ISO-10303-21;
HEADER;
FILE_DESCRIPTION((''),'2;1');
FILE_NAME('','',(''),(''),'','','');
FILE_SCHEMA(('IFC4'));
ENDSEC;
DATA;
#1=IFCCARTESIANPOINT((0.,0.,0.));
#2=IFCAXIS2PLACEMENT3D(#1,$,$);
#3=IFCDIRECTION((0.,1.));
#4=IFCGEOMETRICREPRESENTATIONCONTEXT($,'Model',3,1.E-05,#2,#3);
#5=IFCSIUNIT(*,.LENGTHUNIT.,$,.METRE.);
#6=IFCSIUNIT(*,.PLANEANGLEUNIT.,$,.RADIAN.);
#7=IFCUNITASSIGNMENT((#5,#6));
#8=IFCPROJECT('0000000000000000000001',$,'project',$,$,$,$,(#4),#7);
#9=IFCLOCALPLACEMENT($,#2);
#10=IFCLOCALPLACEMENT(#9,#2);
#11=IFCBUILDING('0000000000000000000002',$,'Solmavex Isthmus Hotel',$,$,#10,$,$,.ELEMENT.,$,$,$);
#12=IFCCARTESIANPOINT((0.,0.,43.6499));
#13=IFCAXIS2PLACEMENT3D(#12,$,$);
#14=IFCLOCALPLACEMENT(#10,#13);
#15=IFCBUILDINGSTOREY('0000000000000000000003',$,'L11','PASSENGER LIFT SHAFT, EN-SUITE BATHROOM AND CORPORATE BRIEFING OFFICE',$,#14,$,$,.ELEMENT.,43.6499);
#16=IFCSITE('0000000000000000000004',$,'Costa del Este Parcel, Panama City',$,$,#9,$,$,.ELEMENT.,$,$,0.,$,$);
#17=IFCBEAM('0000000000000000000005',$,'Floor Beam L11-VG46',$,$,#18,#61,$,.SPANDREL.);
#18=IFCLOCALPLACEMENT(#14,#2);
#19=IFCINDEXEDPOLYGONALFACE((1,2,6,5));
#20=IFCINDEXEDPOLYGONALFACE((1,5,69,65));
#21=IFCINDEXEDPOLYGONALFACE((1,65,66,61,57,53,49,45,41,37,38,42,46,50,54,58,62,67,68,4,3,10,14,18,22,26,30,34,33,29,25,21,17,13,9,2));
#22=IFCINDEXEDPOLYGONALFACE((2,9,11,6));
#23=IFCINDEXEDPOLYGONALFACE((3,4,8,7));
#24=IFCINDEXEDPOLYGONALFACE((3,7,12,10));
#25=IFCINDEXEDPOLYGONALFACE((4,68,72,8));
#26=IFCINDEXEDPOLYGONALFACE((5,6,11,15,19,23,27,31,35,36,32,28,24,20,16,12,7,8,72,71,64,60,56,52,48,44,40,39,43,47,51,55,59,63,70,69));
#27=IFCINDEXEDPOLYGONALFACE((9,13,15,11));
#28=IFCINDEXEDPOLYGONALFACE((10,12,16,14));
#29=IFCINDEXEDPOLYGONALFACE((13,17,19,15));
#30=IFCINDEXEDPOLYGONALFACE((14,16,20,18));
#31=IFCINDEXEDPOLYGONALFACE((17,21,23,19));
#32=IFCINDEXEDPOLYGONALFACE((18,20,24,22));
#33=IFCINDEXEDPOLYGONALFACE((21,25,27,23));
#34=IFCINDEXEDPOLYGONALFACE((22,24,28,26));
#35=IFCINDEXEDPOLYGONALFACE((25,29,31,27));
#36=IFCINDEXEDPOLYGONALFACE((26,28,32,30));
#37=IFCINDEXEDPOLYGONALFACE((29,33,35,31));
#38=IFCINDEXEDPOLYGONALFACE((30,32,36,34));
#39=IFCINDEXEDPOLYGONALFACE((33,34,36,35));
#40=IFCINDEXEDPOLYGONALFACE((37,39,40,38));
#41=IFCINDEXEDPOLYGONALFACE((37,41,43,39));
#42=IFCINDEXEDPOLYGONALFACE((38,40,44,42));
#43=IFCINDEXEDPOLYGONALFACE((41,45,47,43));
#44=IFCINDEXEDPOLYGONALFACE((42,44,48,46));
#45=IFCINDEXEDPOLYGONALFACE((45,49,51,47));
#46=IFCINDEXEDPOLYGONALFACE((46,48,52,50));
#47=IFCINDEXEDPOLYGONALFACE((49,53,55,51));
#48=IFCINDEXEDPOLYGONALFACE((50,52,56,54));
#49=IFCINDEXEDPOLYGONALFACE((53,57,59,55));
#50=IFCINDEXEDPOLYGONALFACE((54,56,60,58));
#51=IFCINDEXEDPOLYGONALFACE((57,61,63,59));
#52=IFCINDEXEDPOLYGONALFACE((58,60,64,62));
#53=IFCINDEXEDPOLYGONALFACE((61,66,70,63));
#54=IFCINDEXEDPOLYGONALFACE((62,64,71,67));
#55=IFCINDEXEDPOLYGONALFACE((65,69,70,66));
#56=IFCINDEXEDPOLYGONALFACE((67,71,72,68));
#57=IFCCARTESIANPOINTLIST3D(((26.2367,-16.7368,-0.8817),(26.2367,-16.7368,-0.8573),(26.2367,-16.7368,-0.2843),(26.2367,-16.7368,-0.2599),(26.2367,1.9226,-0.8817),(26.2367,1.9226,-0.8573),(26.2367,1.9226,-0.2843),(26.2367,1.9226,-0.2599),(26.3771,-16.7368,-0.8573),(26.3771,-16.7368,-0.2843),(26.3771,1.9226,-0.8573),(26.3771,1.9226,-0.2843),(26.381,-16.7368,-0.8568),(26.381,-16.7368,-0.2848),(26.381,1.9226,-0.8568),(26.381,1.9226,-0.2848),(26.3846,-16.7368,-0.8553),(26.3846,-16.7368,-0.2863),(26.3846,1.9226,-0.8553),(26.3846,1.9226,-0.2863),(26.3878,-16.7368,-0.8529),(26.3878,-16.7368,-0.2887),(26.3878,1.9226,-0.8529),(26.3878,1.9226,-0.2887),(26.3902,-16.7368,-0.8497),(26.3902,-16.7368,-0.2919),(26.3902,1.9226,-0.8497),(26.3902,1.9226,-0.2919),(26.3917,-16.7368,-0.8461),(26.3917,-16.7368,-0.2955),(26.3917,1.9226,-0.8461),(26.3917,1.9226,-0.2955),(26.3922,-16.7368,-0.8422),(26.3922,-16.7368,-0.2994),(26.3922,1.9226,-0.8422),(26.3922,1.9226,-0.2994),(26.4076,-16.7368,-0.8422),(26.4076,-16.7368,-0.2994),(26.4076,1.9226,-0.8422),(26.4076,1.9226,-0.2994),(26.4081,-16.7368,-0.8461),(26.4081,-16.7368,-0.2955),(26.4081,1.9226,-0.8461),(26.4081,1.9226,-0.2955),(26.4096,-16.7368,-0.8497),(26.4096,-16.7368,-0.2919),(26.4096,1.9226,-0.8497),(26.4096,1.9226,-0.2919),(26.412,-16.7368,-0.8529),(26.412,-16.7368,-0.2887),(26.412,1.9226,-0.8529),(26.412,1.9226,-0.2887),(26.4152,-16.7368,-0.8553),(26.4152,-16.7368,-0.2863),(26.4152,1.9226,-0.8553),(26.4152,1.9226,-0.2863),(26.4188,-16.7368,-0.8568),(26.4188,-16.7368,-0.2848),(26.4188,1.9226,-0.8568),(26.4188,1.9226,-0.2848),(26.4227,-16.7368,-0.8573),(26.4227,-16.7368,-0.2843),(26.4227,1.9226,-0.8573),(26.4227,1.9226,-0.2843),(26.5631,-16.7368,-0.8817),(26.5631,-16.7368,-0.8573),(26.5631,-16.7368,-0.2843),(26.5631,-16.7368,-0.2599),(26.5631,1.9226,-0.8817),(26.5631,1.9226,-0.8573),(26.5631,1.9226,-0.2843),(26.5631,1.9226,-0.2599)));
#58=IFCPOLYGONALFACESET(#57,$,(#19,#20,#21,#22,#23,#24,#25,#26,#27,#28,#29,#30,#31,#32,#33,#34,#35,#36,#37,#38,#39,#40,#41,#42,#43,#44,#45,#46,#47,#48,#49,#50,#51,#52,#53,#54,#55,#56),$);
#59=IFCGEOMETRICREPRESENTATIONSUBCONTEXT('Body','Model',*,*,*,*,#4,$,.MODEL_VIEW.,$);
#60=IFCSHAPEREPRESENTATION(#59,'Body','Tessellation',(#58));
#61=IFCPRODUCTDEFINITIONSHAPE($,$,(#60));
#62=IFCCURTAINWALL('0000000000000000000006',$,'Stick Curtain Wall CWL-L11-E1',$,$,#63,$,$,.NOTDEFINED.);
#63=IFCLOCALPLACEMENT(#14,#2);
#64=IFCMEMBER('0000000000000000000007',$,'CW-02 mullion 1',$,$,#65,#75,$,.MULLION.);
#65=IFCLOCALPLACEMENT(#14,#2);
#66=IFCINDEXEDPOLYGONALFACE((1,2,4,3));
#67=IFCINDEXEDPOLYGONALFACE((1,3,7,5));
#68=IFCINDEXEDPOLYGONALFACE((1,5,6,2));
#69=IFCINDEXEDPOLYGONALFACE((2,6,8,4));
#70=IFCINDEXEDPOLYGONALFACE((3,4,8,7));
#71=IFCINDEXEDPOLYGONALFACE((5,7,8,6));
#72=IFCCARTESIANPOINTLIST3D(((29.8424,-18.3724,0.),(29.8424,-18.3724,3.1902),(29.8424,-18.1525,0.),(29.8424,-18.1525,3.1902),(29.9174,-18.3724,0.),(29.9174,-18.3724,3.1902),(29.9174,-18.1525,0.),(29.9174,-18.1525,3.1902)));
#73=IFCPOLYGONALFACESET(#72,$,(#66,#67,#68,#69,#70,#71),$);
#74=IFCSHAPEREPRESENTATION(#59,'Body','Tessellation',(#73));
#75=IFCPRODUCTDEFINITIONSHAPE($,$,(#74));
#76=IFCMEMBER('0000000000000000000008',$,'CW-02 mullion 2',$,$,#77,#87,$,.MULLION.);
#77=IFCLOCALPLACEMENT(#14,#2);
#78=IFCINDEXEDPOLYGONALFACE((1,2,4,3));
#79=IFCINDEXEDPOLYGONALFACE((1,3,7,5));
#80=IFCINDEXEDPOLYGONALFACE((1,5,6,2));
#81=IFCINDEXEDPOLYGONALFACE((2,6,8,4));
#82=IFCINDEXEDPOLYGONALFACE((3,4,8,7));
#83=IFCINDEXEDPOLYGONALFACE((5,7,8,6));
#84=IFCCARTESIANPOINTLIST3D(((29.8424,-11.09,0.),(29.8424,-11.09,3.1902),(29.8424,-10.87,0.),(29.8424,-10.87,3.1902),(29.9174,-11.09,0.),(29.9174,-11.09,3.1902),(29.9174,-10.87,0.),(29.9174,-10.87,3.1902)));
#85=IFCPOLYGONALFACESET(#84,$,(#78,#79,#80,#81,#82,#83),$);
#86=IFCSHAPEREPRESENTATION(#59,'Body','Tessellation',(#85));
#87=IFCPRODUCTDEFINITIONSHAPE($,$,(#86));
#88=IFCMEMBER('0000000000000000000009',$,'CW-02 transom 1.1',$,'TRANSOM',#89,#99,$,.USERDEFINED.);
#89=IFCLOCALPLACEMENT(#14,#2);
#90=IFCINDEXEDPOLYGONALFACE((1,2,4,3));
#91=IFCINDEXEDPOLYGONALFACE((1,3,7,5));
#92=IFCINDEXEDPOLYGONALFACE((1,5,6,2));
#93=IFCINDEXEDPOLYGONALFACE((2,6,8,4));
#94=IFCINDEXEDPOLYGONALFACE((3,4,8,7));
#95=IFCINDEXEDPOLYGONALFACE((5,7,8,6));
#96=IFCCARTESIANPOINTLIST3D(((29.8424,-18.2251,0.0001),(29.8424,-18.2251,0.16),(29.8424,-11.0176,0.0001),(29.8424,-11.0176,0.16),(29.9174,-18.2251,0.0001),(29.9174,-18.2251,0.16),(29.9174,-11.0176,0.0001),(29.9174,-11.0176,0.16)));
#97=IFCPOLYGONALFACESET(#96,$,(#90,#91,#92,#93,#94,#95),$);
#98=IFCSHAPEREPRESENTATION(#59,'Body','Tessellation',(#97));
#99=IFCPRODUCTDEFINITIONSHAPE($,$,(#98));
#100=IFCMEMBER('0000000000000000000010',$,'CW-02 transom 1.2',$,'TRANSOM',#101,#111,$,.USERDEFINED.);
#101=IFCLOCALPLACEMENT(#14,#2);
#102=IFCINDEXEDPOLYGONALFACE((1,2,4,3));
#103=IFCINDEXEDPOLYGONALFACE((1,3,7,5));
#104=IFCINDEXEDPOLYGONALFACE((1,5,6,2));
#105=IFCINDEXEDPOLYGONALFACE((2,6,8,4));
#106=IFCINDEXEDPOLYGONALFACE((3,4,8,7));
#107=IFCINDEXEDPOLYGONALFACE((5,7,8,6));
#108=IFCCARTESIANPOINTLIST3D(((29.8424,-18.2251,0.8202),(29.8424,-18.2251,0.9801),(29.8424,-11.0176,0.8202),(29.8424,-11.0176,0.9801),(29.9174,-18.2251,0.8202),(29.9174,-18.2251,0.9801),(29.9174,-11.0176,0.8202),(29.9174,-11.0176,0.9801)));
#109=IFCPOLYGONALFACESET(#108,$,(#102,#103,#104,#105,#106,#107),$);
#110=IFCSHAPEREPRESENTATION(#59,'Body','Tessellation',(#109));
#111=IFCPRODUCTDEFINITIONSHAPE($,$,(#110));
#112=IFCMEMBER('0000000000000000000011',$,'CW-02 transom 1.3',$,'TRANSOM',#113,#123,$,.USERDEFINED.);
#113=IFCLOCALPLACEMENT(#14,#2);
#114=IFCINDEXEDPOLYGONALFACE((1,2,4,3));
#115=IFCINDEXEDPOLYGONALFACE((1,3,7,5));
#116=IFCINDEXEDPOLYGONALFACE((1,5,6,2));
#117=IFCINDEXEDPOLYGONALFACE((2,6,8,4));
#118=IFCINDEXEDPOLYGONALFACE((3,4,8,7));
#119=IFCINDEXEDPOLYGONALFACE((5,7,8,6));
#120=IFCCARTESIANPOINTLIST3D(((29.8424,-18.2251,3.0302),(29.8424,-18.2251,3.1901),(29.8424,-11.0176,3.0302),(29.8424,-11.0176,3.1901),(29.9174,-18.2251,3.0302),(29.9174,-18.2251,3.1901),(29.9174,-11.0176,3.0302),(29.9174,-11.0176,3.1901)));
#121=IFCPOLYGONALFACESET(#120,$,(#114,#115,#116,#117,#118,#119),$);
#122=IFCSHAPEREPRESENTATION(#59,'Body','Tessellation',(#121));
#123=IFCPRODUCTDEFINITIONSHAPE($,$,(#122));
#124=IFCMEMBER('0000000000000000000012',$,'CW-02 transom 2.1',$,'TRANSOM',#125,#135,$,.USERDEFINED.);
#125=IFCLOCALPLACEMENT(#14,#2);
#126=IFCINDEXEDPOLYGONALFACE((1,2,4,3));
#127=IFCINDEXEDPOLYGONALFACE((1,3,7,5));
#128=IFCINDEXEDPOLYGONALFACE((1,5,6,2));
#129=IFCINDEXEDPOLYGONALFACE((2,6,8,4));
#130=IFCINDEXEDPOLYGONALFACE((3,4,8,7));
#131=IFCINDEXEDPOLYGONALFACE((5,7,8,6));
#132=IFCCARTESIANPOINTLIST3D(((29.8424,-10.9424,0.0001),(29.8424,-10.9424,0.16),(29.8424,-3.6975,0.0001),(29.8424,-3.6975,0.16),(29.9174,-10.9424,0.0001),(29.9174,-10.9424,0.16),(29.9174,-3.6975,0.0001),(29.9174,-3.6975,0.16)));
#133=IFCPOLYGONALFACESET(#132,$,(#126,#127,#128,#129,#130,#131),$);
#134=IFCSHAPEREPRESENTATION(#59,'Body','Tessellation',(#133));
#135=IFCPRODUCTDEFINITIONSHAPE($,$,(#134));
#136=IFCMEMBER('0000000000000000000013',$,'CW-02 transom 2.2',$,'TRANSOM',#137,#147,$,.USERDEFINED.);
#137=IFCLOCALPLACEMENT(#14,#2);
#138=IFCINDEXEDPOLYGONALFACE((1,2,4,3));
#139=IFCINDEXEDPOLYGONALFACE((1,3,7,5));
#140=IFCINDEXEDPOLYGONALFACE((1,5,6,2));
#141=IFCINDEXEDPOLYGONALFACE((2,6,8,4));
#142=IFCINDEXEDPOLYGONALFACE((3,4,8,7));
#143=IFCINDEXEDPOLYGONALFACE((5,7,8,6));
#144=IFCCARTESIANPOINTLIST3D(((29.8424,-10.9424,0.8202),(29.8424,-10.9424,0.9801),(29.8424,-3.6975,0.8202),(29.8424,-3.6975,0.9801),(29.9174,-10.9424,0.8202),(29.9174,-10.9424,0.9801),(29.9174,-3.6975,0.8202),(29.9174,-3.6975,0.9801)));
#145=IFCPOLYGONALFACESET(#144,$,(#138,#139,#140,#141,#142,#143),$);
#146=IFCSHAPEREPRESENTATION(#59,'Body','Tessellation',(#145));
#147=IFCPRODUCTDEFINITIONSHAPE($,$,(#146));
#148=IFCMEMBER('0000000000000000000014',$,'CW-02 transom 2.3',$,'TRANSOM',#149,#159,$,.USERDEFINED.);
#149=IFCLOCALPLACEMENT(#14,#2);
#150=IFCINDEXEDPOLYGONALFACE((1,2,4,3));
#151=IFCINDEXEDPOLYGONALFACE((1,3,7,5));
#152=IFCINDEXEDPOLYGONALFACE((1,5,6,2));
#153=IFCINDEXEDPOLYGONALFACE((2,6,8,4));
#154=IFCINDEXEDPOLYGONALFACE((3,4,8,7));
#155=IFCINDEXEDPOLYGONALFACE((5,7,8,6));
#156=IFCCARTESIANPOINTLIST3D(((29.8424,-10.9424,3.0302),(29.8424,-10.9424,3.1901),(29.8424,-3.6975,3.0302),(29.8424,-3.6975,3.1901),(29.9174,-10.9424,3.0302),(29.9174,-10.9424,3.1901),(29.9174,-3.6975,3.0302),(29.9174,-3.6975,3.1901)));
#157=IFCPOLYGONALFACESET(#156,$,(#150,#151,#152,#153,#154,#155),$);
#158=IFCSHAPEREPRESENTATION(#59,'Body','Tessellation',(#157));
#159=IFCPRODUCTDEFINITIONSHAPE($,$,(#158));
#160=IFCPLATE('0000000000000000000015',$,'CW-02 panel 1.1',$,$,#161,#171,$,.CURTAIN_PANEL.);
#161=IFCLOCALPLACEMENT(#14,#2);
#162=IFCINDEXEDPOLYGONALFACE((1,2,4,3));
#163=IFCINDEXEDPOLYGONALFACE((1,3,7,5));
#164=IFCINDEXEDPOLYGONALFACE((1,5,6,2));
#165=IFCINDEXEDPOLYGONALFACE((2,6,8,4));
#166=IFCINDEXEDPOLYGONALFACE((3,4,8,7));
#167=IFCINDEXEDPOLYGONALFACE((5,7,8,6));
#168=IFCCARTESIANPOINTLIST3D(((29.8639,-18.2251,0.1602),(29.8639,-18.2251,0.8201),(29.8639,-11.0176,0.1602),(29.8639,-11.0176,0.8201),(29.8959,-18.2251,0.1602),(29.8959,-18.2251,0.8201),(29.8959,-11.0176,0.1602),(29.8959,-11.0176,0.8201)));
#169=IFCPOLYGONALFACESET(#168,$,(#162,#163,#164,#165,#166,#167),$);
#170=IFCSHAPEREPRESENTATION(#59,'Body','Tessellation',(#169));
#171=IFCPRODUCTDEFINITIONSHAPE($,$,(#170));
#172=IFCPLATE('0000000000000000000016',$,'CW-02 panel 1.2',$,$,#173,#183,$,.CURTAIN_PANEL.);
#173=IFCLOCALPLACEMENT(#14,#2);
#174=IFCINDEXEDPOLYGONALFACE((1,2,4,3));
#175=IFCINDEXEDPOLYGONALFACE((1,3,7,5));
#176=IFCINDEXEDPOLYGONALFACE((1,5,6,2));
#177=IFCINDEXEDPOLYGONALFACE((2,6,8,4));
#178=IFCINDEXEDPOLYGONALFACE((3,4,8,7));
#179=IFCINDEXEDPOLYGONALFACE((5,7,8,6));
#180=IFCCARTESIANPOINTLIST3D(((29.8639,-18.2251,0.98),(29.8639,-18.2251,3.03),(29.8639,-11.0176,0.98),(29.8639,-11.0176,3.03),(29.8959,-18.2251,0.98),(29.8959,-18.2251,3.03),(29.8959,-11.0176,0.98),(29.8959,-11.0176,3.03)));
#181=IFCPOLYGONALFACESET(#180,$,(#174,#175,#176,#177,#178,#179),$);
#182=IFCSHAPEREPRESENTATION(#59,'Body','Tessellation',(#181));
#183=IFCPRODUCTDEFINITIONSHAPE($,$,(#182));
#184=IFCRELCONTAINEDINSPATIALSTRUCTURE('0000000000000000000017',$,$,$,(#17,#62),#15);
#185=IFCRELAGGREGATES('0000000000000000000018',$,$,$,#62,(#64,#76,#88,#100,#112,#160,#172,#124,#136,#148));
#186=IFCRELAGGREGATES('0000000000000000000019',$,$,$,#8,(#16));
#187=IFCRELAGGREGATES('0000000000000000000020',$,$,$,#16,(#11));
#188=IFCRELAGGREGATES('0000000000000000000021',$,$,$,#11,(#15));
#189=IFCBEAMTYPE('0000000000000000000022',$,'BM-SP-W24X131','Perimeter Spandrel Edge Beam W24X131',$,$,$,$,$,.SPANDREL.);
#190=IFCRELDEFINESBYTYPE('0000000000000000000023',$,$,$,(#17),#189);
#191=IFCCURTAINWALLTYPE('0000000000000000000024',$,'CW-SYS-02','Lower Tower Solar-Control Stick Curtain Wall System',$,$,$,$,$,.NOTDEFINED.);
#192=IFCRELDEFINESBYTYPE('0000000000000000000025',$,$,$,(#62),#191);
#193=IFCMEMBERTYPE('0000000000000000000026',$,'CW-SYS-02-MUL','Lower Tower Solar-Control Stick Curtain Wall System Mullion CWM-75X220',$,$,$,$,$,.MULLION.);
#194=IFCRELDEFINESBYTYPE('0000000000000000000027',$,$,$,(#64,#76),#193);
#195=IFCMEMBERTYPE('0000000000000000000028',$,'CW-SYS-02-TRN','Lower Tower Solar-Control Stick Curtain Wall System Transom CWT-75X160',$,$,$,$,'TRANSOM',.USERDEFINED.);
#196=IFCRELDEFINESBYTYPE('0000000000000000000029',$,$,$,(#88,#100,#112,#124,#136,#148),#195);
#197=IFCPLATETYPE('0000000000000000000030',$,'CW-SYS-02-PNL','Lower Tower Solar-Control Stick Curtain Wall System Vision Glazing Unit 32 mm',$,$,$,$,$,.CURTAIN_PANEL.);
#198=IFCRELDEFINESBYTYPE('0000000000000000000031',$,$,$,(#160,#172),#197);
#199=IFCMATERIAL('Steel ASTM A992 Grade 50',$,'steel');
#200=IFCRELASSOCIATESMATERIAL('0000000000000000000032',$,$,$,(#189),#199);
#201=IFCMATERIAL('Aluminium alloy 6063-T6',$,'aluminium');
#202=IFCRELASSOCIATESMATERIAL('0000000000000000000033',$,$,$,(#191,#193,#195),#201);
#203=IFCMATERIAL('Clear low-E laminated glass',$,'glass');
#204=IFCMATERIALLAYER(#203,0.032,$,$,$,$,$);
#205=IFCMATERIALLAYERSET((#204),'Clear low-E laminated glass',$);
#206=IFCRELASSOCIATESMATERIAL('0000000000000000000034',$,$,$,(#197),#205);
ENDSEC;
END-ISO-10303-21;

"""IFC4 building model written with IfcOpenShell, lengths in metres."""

from ifc_helpers import new_model, si_unit, direction, frame, origin, origin_2d, place, context, subcontext, project, spatial, rectangle, i_section, extrude, material, layer, layer_set, material_profile, profile_set, type_object, element, aggregate, save


model = new_model("IFC4")

# Units and contexts
model_context = context("Model", 3, precision=1e-05, world=origin(), true_north=direction((0.0, 1.0)))
body_context = subcontext(model_context, "Body", "Model", "MODEL_VIEW")
ifc_project = project(units=[si_unit("LENGTHUNIT", "METRE"), si_unit("PLANEANGLEUNIT", "RADIAN")], contexts=[model_context])

# Site, building, storey
site_placement = place(None, origin())
site = spatial("IfcSite", under=ifc_project, at=site_placement, Name="Costa del Este Parcel, Panama City", CompositionType="ELEMENT", RefElevation=0.0)
building_placement = place(site_placement, origin())
building = spatial("IfcBuilding", under=site, at=building_placement, Name="Solmavex Isthmus Hotel", CompositionType="ELEMENT")
storey_placement = place(building_placement, frame((0.0, 0.0, 43.6499)))
storey = spatial("IfcBuildingStorey", under=building, at=storey_placement, Name="L11", Description="PASSENGER LIFT SHAFT, EN-SUITE BATHROOM AND CORPORATE BRIEFING OFFICE", CompositionType="ELEMENT", Elevation=43.6499)

# Beam
ifc_material_1 = material(Name="Steel ASTM A992 Grade 50", Category="steel")
ifc_material_profile_1 = material_profile(ifc_material_1, i_section(OverallWidth=0.3264, OverallDepth=0.6218, WebThickness=0.0154, FlangeThickness=0.0244, FilletRadius=0.0151, at=origin_2d()), Name="W24X131")
ifc_profile_set_1 = profile_set([ifc_material_profile_1], Name="Steel ASTM A992 Grade 50")
beam_type_1 = type_object("IfcBeamType", Name="BM-SP-W24X131", Description="Perimeter Spandrel Edge Beam W24X131", PredefinedType="SPANDREL", material=ifc_profile_set_1)
beam_1_placement = place(storey_placement, frame((26.3999, -16.7368, -0.5708), z_axis=(0.0, 1.0, 0.0), x_axis=(-1.0, 0.0, 0.0)))
element("IfcBeam", 1, at=beam_1_placement, inside=storey, type_object=beam_type_1, Name="Floor Beam L11-VG46", PredefinedType="SPANDREL", context=body_context, shape_type="SweptSolid", body=[
    extrude(i_section(OverallWidth=0.3264, OverallDepth=0.6218, WebThickness=0.0154, FlangeThickness=0.0244, FilletRadius=0.0151, at=origin_2d()), origin(), (0.0, 0.0, 1.0), 18.6594),
])

# Curtain wall, members, plates
ifc_material_2 = material(Name="Aluminium alloy 6063-T6", Category="aluminium")
curtain_wall_type = type_object("IfcCurtainWallType", Name="CW-SYS-02", Description="Lower Tower Solar-Control Stick Curtain Wall System", PredefinedType="NOTDEFINED", material=ifc_material_2)
curtain_wall_placement = place(storey_placement, origin())
curtain_wall = element("IfcCurtainWall", 2, at=curtain_wall_placement, inside=storey, type_object=curtain_wall_type, Name="Stick Curtain Wall CWL-L11-E1", PredefinedType="NOTDEFINED")
ifc_material_profile_2 = material_profile(ifc_material_2, rectangle(XDim=0.075, YDim=0.22, at=origin_2d()), Name="CWM-75X220")
ifc_profile_set_2 = profile_set([ifc_material_profile_2], Name="Aluminium alloy 6063-T6")
member_type_1 = type_object("IfcMemberType", Name="CW-SYS-02-MUL", Description="Lower Tower Solar-Control Stick Curtain Wall System Mullion CWM-75X220", PredefinedType="MULLION", material=ifc_profile_set_2)
member_1_placement = place(storey_placement, frame((29.8799, -18.2625, 0.0), z_axis=(0.0, 0.0, 1.0), x_axis=(-1.0, 0.0, 0.0)))
member_1 = element("IfcMember", 3, at=member_1_placement, type_object=member_type_1, Name="CW-02 mullion 1", PredefinedType="MULLION", context=body_context, shape_type="SweptSolid", body=[
    extrude(rectangle(XDim=0.075, YDim=0.22, at=origin_2d()), origin(), (0.0, 0.0, 1.0), 3.1902),
])
member_2_placement = place(storey_placement, frame((29.8799, -10.98, 0.0), z_axis=(0.0, 0.0, 1.0), x_axis=(-1.0, 0.0, 0.0)))
member_2 = element("IfcMember", 4, at=member_2_placement, type_object=member_type_1, Name="CW-02 mullion 2", PredefinedType="MULLION", context=body_context, shape_type="SweptSolid", body=[
    extrude(rectangle(XDim=0.075, YDim=0.22, at=origin_2d()), origin(), (0.0, 0.0, 1.0), 3.1902),
])
ifc_material_profile_3 = material_profile(ifc_material_2, rectangle(XDim=0.075, YDim=0.1599, at=origin_2d()), Name="CWT-75X160")
ifc_profile_set_3 = profile_set([ifc_material_profile_3], Name="Aluminium alloy 6063-T6")
member_type_2 = type_object("IfcMemberType", Name="CW-SYS-02-TRN", Description="Lower Tower Solar-Control Stick Curtain Wall System Transom CWT-75X160", ElementType="TRANSOM", PredefinedType="USERDEFINED", material=ifc_profile_set_3)
member_3_placement = place(storey_placement, frame((29.8799, -18.2251, 0.0801), z_axis=(0.0, 1.0, 0.0), x_axis=(-1.0, 0.0, 0.0)))
member_3 = element("IfcMember", 5, at=member_3_placement, type_object=member_type_2, Name="CW-02 transom 1.1", ObjectType="TRANSOM", PredefinedType="USERDEFINED", context=body_context, shape_type="SweptSolid", body=[
    extrude(rectangle(XDim=0.075, YDim=0.1599, at=origin_2d()), origin(), (0.0, 0.0, 1.0), 7.2075),
])
member_4_placement = place(storey_placement, frame((29.8799, -18.2251, 0.9001), z_axis=(0.0, 1.0, 0.0), x_axis=(-1.0, 0.0, 0.0)))
member_4 = element("IfcMember", 6, at=member_4_placement, type_object=member_type_2, Name="CW-02 transom 1.2", ObjectType="TRANSOM", PredefinedType="USERDEFINED", context=body_context, shape_type="SweptSolid", body=[
    extrude(rectangle(XDim=0.075, YDim=0.1599, at=origin_2d()), origin(), (0.0, 0.0, 1.0), 7.2075),
])
member_5_placement = place(storey_placement, frame((29.8799, -18.2251, 3.1101), z_axis=(0.0, 1.0, 0.0), x_axis=(-1.0, 0.0, 0.0)))
member_5 = element("IfcMember", 7, at=member_5_placement, type_object=member_type_2, Name="CW-02 transom 1.3", ObjectType="TRANSOM", PredefinedType="USERDEFINED", context=body_context, shape_type="SweptSolid", body=[
    extrude(rectangle(XDim=0.075, YDim=0.1599, at=origin_2d()), origin(), (0.0, 0.0, 1.0), 7.2075),
])
member_6_placement = place(storey_placement, frame((29.8799, -10.9424, 0.0801), z_axis=(0.0, 1.0, 0.0), x_axis=(-1.0, 0.0, 0.0)))
member_6 = element("IfcMember", 8, at=member_6_placement, type_object=member_type_2, Name="CW-02 transom 2.1", ObjectType="TRANSOM", PredefinedType="USERDEFINED", context=body_context, shape_type="SweptSolid", body=[
    extrude(rectangle(XDim=0.075, YDim=0.1599, at=origin_2d()), origin(), (0.0, 0.0, 1.0), 7.2449),
])
member_7_placement = place(storey_placement, frame((29.8799, -10.9424, 0.9001), z_axis=(0.0, 1.0, 0.0), x_axis=(-1.0, 0.0, 0.0)))
member_7 = element("IfcMember", 9, at=member_7_placement, type_object=member_type_2, Name="CW-02 transom 2.2", ObjectType="TRANSOM", PredefinedType="USERDEFINED", context=body_context, shape_type="SweptSolid", body=[
    extrude(rectangle(XDim=0.075, YDim=0.1599, at=origin_2d()), origin(), (0.0, 0.0, 1.0), 7.2449),
])
member_8_placement = place(storey_placement, frame((29.8799, -10.9424, 3.1101), z_axis=(0.0, 1.0, 0.0), x_axis=(-1.0, 0.0, 0.0)))
member_8 = element("IfcMember", 10, at=member_8_placement, type_object=member_type_2, Name="CW-02 transom 2.3", ObjectType="TRANSOM", PredefinedType="USERDEFINED", context=body_context, shape_type="SweptSolid", body=[
    extrude(rectangle(XDim=0.075, YDim=0.1599, at=origin_2d()), origin(), (0.0, 0.0, 1.0), 7.2449),
])
ifc_material_3 = material(Name="Clear low-E laminated glass", Category="glass")
ifc_layer_1 = layer(ifc_material_3, 0.032)
ifc_layer_set_1 = layer_set([ifc_layer_1], Name="Clear low-E laminated glass")
plate_type = type_object("IfcPlateType", Name="CW-SYS-02-PNL", Description="Lower Tower Solar-Control Stick Curtain Wall System Vision Glazing Unit 32 mm", PredefinedType="CURTAIN_PANEL", material=ifc_layer_set_1)
plate_1_placement = place(storey_placement, frame((29.8799, -14.6213, 0.1602), z_axis=(0.0, 0.0, 1.0), x_axis=(0.0, 1.0, 0.0)))
plate_1 = element("IfcPlate", 11, at=plate_1_placement, type_object=plate_type, Name="CW-02 panel 1.1", PredefinedType="CURTAIN_PANEL", context=body_context, shape_type="SweptSolid", body=[
    extrude(rectangle(XDim=7.2075, YDim=0.032, at=origin_2d()), origin(), (0.0, 0.0, 1.0), 0.6599),
])
plate_2_placement = place(storey_placement, frame((29.8799, -14.6213, 0.98), z_axis=(0.0, 0.0, 1.0), x_axis=(0.0, 1.0, 0.0)))
plate_2 = element("IfcPlate", 12, at=plate_2_placement, type_object=plate_type, Name="CW-02 panel 1.2", PredefinedType="CURTAIN_PANEL", context=body_context, shape_type="SweptSolid", body=[
    extrude(rectangle(XDim=7.2075, YDim=0.032, at=origin_2d()), origin(), (0.0, 0.0, 1.0), 2.05),
])
aggregate(curtain_wall, [member_1, member_2, member_3, member_4, member_5, plate_1, plate_2, member_6, member_7, member_8])

save(model, "model.ifc")
